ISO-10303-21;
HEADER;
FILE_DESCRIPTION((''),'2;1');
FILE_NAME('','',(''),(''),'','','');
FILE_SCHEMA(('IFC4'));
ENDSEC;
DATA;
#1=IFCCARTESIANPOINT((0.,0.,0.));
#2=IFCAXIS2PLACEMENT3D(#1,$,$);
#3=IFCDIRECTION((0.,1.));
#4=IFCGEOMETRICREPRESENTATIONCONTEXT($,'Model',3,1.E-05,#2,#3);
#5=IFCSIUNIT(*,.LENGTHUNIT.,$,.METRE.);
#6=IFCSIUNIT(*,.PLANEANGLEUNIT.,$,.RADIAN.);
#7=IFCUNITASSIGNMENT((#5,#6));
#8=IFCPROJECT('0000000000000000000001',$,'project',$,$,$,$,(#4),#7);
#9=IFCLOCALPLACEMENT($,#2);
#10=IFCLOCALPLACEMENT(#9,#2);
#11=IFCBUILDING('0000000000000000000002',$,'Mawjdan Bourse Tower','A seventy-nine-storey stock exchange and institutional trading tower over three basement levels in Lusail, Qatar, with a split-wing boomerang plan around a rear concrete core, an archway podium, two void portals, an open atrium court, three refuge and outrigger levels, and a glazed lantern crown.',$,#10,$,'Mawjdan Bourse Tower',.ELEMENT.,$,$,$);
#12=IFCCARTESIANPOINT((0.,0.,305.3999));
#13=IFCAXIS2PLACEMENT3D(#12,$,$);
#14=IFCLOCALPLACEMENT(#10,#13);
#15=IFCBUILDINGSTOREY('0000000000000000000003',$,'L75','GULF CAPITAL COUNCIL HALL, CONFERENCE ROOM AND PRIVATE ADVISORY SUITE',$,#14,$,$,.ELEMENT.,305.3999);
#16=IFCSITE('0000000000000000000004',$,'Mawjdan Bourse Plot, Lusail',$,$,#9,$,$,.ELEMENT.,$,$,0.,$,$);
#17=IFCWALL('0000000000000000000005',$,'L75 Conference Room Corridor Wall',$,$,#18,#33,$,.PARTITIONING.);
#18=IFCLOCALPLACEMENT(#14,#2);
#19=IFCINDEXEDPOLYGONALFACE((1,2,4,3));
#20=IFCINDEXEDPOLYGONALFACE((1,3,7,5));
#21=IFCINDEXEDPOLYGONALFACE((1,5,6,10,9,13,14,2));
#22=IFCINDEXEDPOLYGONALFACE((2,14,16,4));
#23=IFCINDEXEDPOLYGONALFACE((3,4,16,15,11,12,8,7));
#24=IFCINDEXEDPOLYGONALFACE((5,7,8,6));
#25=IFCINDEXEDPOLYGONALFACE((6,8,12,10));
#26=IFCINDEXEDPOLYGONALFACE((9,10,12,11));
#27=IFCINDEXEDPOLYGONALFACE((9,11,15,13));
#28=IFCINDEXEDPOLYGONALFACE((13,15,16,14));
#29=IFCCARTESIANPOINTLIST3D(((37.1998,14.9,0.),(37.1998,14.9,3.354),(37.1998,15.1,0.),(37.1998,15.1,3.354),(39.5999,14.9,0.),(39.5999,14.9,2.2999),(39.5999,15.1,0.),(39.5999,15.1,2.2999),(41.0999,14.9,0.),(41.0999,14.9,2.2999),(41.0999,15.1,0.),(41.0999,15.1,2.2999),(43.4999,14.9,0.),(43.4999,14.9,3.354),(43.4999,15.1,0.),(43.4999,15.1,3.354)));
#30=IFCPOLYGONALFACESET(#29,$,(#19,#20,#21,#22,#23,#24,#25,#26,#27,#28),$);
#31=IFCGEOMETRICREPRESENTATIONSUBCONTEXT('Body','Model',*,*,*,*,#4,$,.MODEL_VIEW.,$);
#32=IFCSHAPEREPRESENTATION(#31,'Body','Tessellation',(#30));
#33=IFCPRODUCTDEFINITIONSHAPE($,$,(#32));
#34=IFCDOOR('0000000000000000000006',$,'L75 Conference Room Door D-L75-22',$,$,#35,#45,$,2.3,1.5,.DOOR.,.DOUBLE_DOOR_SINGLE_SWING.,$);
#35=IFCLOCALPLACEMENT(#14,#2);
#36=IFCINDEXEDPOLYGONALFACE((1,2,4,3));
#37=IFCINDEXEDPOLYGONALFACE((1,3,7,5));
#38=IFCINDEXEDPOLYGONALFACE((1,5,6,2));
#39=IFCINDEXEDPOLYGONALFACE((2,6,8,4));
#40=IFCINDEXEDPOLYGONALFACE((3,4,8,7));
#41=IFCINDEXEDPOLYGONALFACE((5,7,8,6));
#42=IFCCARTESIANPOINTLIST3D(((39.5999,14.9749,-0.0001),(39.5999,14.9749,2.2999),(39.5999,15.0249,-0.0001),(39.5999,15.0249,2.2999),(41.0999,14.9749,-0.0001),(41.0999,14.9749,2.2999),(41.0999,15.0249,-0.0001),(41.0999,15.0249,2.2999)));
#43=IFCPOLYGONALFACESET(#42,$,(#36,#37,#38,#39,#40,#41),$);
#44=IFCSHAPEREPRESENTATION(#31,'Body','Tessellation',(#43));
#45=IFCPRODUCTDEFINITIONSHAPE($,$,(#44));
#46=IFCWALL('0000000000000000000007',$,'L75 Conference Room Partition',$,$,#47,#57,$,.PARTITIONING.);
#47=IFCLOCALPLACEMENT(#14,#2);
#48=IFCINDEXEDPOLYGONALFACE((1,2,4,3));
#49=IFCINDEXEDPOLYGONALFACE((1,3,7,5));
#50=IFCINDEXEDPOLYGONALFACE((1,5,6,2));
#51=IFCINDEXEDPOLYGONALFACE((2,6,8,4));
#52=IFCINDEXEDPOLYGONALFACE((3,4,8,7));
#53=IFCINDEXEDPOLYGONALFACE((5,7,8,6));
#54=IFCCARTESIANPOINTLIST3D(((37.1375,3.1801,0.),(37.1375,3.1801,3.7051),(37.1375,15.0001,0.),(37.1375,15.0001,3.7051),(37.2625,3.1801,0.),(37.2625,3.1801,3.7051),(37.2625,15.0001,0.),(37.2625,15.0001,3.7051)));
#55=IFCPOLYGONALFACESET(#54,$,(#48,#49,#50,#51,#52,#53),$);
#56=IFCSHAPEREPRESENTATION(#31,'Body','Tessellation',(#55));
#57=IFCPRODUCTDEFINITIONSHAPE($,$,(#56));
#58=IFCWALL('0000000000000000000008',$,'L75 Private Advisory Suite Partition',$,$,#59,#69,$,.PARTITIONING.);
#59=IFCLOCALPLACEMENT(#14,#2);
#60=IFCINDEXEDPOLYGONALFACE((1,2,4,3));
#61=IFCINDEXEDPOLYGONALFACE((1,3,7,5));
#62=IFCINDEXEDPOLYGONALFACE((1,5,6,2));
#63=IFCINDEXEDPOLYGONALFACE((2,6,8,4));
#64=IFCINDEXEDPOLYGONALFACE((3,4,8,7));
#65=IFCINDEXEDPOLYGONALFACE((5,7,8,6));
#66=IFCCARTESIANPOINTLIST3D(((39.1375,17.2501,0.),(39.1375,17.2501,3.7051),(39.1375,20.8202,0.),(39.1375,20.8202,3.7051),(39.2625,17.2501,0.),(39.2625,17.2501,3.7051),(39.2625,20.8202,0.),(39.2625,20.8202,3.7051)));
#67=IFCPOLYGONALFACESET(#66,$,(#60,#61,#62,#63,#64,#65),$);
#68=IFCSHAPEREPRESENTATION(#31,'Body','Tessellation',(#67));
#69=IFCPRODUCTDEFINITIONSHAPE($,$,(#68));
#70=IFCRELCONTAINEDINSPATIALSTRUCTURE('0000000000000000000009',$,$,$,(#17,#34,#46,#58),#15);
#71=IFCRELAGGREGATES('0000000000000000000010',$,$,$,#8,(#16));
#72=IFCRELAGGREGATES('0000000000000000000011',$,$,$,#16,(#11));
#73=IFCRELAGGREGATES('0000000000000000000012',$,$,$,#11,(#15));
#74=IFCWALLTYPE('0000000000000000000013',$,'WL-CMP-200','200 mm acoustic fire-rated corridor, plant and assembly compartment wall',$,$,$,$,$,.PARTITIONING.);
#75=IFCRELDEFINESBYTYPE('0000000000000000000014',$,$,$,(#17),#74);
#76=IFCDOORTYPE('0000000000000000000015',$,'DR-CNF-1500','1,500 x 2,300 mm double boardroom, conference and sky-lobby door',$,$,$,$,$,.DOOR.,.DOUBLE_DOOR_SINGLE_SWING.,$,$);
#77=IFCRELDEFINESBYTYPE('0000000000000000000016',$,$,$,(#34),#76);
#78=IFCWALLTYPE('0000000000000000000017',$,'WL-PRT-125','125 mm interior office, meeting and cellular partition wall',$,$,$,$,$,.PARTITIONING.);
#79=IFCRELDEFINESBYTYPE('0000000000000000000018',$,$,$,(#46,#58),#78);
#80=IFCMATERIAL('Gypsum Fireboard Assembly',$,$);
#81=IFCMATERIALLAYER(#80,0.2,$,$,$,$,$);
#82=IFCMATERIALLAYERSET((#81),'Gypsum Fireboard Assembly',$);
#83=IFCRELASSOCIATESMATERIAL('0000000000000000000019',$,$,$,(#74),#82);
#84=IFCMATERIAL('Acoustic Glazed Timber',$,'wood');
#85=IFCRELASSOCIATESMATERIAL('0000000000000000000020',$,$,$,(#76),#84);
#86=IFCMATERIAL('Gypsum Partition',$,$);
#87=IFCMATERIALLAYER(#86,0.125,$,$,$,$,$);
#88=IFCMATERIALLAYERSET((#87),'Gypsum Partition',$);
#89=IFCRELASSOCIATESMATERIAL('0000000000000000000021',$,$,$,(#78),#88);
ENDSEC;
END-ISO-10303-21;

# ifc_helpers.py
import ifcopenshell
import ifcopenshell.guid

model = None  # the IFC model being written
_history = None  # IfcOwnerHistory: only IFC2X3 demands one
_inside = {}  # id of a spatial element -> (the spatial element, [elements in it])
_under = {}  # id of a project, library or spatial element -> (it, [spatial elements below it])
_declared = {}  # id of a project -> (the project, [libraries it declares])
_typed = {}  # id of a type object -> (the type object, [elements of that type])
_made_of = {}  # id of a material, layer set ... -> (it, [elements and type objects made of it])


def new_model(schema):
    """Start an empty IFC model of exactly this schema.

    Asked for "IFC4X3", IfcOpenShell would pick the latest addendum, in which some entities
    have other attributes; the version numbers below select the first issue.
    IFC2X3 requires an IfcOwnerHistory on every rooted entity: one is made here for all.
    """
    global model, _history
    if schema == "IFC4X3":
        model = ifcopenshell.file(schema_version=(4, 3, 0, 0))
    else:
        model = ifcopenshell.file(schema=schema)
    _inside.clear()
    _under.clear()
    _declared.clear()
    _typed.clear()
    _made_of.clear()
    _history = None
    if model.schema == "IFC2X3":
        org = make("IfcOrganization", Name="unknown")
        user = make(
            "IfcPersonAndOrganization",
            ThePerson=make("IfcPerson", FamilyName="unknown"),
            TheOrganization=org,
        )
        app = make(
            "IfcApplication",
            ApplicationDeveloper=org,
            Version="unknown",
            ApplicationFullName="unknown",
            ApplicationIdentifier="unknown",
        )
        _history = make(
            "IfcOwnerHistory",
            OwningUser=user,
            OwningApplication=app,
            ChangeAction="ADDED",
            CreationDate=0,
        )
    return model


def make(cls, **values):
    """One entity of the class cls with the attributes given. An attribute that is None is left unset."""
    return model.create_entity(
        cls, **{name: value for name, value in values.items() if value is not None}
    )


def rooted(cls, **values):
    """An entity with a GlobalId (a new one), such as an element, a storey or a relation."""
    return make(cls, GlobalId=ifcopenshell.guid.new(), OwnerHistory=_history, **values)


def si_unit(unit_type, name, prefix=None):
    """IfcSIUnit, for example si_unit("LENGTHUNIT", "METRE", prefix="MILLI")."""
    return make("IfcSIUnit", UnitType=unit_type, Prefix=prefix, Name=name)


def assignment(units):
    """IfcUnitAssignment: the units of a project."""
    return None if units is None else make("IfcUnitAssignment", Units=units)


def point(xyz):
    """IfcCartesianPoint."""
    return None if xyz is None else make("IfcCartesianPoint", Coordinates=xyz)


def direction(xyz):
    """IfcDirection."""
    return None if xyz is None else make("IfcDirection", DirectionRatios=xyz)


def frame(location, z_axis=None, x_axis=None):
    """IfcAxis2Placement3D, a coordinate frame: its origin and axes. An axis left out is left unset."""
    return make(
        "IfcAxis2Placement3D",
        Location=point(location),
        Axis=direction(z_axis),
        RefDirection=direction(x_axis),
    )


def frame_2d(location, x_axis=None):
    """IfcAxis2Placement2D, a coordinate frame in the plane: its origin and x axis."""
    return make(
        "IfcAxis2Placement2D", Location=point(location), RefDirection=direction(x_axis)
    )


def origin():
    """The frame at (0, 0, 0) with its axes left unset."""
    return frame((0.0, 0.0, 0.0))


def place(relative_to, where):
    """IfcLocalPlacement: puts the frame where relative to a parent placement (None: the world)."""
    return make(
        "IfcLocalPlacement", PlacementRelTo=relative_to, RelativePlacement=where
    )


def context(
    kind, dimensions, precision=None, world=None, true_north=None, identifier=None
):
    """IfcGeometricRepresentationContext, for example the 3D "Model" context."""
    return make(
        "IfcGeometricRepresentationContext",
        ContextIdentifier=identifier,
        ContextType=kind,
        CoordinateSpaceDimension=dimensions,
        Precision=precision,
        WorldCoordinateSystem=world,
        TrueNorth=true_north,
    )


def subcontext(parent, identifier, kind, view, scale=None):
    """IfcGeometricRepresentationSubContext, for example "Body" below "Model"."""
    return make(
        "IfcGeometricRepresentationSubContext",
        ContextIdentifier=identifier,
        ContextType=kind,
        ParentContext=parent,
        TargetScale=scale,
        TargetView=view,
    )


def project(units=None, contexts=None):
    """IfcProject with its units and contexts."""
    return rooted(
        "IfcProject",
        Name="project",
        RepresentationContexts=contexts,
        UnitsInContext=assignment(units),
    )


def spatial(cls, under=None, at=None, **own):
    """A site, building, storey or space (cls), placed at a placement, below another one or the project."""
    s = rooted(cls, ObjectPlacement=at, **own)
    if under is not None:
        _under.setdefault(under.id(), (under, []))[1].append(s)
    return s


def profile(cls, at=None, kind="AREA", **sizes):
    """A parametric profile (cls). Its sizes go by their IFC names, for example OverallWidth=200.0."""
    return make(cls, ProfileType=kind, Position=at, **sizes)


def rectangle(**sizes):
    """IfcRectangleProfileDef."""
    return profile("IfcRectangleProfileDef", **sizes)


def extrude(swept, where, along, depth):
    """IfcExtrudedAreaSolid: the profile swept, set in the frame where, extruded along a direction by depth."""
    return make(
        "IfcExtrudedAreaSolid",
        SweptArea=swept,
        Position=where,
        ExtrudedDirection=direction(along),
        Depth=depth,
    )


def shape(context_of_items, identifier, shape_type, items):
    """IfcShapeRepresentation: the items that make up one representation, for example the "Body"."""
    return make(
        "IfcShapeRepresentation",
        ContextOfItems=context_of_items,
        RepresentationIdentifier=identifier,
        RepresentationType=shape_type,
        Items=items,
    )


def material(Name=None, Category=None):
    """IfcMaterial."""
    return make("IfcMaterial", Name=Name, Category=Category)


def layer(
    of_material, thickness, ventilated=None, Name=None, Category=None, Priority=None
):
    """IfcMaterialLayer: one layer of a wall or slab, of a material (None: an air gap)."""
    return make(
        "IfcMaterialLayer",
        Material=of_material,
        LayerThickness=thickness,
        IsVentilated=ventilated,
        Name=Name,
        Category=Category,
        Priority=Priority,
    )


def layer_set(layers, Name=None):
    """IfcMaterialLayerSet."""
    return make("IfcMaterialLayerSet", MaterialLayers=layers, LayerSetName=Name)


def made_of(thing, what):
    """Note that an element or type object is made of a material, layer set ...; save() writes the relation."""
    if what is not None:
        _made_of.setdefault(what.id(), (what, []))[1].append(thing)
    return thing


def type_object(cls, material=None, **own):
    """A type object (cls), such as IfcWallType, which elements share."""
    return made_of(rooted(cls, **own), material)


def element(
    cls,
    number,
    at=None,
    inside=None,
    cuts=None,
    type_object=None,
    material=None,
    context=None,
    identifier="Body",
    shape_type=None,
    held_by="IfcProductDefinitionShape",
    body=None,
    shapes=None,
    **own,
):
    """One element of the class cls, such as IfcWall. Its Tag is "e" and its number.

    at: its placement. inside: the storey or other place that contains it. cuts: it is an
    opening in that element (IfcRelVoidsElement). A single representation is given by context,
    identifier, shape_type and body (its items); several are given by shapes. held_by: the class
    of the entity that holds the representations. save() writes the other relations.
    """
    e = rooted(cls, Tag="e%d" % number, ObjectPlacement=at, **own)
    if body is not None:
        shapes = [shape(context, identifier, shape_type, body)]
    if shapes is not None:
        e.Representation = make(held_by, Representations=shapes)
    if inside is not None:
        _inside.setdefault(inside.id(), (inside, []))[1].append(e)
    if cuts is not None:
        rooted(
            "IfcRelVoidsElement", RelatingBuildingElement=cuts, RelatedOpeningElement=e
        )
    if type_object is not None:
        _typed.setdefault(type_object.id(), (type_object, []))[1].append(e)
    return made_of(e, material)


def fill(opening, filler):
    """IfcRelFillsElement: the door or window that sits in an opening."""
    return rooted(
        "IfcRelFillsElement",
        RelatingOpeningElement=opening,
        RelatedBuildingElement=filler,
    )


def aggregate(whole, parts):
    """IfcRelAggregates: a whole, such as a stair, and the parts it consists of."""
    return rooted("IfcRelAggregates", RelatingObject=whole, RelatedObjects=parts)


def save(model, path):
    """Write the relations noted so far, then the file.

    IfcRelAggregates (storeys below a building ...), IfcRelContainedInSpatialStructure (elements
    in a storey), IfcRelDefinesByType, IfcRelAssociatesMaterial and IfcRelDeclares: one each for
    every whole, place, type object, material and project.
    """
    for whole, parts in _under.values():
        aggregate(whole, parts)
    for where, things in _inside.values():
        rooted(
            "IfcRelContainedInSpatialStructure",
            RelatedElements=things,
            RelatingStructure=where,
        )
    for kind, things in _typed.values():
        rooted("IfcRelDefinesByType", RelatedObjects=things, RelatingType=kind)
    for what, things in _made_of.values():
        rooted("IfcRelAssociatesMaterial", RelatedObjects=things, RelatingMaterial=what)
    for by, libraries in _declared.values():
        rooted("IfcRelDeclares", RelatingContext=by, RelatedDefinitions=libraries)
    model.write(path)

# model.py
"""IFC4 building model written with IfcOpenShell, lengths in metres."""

from ifc_helpers import new_model, si_unit, direction, frame, frame_2d, origin, place, context, subcontext, project, spatial, rectangle, extrude, material, layer, layer_set, type_object, element, fill, save


model = new_model("IFC4")

# Units and contexts
model_context = context("Model", 3, precision=1e-05, world=origin(), true_north=direction((0.0, 1.0)))
body_context = subcontext(model_context, "Body", "Model", "MODEL_VIEW")
ifc_project = project(units=[si_unit("LENGTHUNIT", "METRE"), si_unit("PLANEANGLEUNIT", "RADIAN")], contexts=[model_context])

# Site, building, storey
site_placement = place(None, origin())
site = spatial("IfcSite", under=ifc_project, at=site_placement, Name="Mawjdan Bourse Plot, Lusail", CompositionType="ELEMENT", RefElevation=0.0)
building_placement = place(site_placement, origin())
building = spatial("IfcBuilding", under=site, at=building_placement, Name="Mawjdan Bourse Tower", Description="A seventy-nine-storey stock exchange and institutional trading tower over three basement levels in Lusail, Qatar, with a split-wing boomerang plan around a rear concrete core, an archway podium, two void portals, an open atrium court, three refuge and outrigger levels, and a glazed lantern crown.", LongName="Mawjdan Bourse Tower", CompositionType="ELEMENT")
storey_placement = place(building_placement, frame((0.0, 0.0, 305.3999)))
storey = spatial("IfcBuildingStorey", under=building, at=storey_placement, Name="L75", Description="GULF CAPITAL COUNCIL HALL, CONFERENCE ROOM AND PRIVATE ADVISORY SUITE", CompositionType="ELEMENT", Elevation=305.3999)

# Wall, opening, door
ifc_material_1 = material(Name="Gypsum Fireboard Assembly")
ifc_layer_1 = layer(ifc_material_1, 0.2)
ifc_layer_set_1 = layer_set([ifc_layer_1], Name="Gypsum Fireboard Assembly")
wall_type_1 = type_object("IfcWallType", Name="WL-CMP-200", Description="200 mm acoustic fire-rated corridor, plant and assembly compartment wall", PredefinedType="PARTITIONING", material=ifc_layer_set_1)
wall_1_placement = place(storey_placement, frame((37.2, 15.0, 0.0), z_axis=(0.0, 0.0, 1.0), x_axis=(1.0, 0.0, 0.0)))
wall_1 = element("IfcWall", 1, at=wall_1_placement, inside=storey, type_object=wall_type_1, Name="L75 Conference Room Corridor Wall", PredefinedType="PARTITIONING", context=body_context, shape_type="SweptSolid", body=[
    extrude(rectangle(XDim=6.3, YDim=0.2, at=frame_2d((3.1499, 0.0))), origin(), (0.0, 0.0, 1.0), 3.354),
])
opening_1_placement = place(wall_1_placement, frame((2.3999, 0.0, 0.0)))
opening_1 = element("IfcOpeningElement", 2, at=opening_1_placement, cuts=wall_1, PredefinedType="OPENING", context=body_context, shape_type="SweptSolid", body=[
    extrude(rectangle(XDim=1.5, YDim=2.3, at=frame_2d((0.75, 1.1499))), frame((0.0, 0.1099, 0.0), z_axis=(0.0, -1.0, 0.0), x_axis=(1.0, 0.0, 0.0)), (0.0, 0.0, 1.0), 0.22),
])
ifc_material_2 = material(Name="Acoustic Glazed Timber", Category="wood")
door_type_1 = type_object("IfcDoorType", Name="DR-CNF-1500", Description="1,500 x 2,300 mm double boardroom, conference and sky-lobby door", OperationType="DOUBLE_DOOR_SINGLE_SWING", PredefinedType="DOOR", material=ifc_material_2)
door_1_placement = place(opening_1_placement, origin())
door_1 = element("IfcDoor", 3, at=door_1_placement, inside=storey, type_object=door_type_1, Name="L75 Conference Room Door D-L75-22", OperationType="DOUBLE_DOOR_SINGLE_SWING", OverallHeight=2.3, OverallWidth=1.5, PredefinedType="DOOR", context=body_context, shape_type="SweptSolid", body=[
    extrude(rectangle(XDim=1.5, YDim=2.3, at=frame_2d((0.75, 1.1499))), frame((0.0, 0.0249, 0.0), z_axis=(0.0, -1.0, 0.0), x_axis=(1.0, 0.0, 0.0)), (0.0, 0.0, 1.0), 0.05),
])
fill(opening_1, door_1)

# Walls
ifc_material_3 = material(Name="Gypsum Partition")
ifc_layer_2 = layer(ifc_material_3, 0.125)
ifc_layer_set_2 = layer_set([ifc_layer_2], Name="Gypsum Partition")
wall_type_2 = type_object("IfcWallType", Name="WL-PRT-125", Description="125 mm interior office, meeting and cellular partition wall", PredefinedType="PARTITIONING", material=ifc_layer_set_2)
wall_2_placement = place(storey_placement, frame((37.2, 3.1799, 0.0), z_axis=(0.0, 0.0, 1.0), x_axis=(0.0, 1.0, 0.0)))
element("IfcWall", 4, at=wall_2_placement, inside=storey, type_object=wall_type_2, Name="L75 Conference Room Partition", PredefinedType="PARTITIONING", context=body_context, shape_type="SweptSolid", body=[
    extrude(rectangle(XDim=11.8201, YDim=0.125, at=frame_2d((5.9102, 0.0))), origin(), (0.0, 0.0, 1.0), 3.7051),
])
wall_3_placement = place(storey_placement, frame((39.2, 17.25, 0.0), z_axis=(0.0, 0.0, 1.0), x_axis=(0.0, 1.0, 0.0)))
element("IfcWall", 5, at=wall_3_placement, inside=storey, type_object=wall_type_2, Name="L75 Private Advisory Suite Partition", PredefinedType="PARTITIONING", context=body_context, shape_type="SweptSolid", body=[
    extrude(rectangle(XDim=3.5701, YDim=0.125, at=frame_2d((1.7852, 0.0))), origin(), (0.0, 0.0, 1.0), 3.7051),
])

save(model, "model.ifc")
